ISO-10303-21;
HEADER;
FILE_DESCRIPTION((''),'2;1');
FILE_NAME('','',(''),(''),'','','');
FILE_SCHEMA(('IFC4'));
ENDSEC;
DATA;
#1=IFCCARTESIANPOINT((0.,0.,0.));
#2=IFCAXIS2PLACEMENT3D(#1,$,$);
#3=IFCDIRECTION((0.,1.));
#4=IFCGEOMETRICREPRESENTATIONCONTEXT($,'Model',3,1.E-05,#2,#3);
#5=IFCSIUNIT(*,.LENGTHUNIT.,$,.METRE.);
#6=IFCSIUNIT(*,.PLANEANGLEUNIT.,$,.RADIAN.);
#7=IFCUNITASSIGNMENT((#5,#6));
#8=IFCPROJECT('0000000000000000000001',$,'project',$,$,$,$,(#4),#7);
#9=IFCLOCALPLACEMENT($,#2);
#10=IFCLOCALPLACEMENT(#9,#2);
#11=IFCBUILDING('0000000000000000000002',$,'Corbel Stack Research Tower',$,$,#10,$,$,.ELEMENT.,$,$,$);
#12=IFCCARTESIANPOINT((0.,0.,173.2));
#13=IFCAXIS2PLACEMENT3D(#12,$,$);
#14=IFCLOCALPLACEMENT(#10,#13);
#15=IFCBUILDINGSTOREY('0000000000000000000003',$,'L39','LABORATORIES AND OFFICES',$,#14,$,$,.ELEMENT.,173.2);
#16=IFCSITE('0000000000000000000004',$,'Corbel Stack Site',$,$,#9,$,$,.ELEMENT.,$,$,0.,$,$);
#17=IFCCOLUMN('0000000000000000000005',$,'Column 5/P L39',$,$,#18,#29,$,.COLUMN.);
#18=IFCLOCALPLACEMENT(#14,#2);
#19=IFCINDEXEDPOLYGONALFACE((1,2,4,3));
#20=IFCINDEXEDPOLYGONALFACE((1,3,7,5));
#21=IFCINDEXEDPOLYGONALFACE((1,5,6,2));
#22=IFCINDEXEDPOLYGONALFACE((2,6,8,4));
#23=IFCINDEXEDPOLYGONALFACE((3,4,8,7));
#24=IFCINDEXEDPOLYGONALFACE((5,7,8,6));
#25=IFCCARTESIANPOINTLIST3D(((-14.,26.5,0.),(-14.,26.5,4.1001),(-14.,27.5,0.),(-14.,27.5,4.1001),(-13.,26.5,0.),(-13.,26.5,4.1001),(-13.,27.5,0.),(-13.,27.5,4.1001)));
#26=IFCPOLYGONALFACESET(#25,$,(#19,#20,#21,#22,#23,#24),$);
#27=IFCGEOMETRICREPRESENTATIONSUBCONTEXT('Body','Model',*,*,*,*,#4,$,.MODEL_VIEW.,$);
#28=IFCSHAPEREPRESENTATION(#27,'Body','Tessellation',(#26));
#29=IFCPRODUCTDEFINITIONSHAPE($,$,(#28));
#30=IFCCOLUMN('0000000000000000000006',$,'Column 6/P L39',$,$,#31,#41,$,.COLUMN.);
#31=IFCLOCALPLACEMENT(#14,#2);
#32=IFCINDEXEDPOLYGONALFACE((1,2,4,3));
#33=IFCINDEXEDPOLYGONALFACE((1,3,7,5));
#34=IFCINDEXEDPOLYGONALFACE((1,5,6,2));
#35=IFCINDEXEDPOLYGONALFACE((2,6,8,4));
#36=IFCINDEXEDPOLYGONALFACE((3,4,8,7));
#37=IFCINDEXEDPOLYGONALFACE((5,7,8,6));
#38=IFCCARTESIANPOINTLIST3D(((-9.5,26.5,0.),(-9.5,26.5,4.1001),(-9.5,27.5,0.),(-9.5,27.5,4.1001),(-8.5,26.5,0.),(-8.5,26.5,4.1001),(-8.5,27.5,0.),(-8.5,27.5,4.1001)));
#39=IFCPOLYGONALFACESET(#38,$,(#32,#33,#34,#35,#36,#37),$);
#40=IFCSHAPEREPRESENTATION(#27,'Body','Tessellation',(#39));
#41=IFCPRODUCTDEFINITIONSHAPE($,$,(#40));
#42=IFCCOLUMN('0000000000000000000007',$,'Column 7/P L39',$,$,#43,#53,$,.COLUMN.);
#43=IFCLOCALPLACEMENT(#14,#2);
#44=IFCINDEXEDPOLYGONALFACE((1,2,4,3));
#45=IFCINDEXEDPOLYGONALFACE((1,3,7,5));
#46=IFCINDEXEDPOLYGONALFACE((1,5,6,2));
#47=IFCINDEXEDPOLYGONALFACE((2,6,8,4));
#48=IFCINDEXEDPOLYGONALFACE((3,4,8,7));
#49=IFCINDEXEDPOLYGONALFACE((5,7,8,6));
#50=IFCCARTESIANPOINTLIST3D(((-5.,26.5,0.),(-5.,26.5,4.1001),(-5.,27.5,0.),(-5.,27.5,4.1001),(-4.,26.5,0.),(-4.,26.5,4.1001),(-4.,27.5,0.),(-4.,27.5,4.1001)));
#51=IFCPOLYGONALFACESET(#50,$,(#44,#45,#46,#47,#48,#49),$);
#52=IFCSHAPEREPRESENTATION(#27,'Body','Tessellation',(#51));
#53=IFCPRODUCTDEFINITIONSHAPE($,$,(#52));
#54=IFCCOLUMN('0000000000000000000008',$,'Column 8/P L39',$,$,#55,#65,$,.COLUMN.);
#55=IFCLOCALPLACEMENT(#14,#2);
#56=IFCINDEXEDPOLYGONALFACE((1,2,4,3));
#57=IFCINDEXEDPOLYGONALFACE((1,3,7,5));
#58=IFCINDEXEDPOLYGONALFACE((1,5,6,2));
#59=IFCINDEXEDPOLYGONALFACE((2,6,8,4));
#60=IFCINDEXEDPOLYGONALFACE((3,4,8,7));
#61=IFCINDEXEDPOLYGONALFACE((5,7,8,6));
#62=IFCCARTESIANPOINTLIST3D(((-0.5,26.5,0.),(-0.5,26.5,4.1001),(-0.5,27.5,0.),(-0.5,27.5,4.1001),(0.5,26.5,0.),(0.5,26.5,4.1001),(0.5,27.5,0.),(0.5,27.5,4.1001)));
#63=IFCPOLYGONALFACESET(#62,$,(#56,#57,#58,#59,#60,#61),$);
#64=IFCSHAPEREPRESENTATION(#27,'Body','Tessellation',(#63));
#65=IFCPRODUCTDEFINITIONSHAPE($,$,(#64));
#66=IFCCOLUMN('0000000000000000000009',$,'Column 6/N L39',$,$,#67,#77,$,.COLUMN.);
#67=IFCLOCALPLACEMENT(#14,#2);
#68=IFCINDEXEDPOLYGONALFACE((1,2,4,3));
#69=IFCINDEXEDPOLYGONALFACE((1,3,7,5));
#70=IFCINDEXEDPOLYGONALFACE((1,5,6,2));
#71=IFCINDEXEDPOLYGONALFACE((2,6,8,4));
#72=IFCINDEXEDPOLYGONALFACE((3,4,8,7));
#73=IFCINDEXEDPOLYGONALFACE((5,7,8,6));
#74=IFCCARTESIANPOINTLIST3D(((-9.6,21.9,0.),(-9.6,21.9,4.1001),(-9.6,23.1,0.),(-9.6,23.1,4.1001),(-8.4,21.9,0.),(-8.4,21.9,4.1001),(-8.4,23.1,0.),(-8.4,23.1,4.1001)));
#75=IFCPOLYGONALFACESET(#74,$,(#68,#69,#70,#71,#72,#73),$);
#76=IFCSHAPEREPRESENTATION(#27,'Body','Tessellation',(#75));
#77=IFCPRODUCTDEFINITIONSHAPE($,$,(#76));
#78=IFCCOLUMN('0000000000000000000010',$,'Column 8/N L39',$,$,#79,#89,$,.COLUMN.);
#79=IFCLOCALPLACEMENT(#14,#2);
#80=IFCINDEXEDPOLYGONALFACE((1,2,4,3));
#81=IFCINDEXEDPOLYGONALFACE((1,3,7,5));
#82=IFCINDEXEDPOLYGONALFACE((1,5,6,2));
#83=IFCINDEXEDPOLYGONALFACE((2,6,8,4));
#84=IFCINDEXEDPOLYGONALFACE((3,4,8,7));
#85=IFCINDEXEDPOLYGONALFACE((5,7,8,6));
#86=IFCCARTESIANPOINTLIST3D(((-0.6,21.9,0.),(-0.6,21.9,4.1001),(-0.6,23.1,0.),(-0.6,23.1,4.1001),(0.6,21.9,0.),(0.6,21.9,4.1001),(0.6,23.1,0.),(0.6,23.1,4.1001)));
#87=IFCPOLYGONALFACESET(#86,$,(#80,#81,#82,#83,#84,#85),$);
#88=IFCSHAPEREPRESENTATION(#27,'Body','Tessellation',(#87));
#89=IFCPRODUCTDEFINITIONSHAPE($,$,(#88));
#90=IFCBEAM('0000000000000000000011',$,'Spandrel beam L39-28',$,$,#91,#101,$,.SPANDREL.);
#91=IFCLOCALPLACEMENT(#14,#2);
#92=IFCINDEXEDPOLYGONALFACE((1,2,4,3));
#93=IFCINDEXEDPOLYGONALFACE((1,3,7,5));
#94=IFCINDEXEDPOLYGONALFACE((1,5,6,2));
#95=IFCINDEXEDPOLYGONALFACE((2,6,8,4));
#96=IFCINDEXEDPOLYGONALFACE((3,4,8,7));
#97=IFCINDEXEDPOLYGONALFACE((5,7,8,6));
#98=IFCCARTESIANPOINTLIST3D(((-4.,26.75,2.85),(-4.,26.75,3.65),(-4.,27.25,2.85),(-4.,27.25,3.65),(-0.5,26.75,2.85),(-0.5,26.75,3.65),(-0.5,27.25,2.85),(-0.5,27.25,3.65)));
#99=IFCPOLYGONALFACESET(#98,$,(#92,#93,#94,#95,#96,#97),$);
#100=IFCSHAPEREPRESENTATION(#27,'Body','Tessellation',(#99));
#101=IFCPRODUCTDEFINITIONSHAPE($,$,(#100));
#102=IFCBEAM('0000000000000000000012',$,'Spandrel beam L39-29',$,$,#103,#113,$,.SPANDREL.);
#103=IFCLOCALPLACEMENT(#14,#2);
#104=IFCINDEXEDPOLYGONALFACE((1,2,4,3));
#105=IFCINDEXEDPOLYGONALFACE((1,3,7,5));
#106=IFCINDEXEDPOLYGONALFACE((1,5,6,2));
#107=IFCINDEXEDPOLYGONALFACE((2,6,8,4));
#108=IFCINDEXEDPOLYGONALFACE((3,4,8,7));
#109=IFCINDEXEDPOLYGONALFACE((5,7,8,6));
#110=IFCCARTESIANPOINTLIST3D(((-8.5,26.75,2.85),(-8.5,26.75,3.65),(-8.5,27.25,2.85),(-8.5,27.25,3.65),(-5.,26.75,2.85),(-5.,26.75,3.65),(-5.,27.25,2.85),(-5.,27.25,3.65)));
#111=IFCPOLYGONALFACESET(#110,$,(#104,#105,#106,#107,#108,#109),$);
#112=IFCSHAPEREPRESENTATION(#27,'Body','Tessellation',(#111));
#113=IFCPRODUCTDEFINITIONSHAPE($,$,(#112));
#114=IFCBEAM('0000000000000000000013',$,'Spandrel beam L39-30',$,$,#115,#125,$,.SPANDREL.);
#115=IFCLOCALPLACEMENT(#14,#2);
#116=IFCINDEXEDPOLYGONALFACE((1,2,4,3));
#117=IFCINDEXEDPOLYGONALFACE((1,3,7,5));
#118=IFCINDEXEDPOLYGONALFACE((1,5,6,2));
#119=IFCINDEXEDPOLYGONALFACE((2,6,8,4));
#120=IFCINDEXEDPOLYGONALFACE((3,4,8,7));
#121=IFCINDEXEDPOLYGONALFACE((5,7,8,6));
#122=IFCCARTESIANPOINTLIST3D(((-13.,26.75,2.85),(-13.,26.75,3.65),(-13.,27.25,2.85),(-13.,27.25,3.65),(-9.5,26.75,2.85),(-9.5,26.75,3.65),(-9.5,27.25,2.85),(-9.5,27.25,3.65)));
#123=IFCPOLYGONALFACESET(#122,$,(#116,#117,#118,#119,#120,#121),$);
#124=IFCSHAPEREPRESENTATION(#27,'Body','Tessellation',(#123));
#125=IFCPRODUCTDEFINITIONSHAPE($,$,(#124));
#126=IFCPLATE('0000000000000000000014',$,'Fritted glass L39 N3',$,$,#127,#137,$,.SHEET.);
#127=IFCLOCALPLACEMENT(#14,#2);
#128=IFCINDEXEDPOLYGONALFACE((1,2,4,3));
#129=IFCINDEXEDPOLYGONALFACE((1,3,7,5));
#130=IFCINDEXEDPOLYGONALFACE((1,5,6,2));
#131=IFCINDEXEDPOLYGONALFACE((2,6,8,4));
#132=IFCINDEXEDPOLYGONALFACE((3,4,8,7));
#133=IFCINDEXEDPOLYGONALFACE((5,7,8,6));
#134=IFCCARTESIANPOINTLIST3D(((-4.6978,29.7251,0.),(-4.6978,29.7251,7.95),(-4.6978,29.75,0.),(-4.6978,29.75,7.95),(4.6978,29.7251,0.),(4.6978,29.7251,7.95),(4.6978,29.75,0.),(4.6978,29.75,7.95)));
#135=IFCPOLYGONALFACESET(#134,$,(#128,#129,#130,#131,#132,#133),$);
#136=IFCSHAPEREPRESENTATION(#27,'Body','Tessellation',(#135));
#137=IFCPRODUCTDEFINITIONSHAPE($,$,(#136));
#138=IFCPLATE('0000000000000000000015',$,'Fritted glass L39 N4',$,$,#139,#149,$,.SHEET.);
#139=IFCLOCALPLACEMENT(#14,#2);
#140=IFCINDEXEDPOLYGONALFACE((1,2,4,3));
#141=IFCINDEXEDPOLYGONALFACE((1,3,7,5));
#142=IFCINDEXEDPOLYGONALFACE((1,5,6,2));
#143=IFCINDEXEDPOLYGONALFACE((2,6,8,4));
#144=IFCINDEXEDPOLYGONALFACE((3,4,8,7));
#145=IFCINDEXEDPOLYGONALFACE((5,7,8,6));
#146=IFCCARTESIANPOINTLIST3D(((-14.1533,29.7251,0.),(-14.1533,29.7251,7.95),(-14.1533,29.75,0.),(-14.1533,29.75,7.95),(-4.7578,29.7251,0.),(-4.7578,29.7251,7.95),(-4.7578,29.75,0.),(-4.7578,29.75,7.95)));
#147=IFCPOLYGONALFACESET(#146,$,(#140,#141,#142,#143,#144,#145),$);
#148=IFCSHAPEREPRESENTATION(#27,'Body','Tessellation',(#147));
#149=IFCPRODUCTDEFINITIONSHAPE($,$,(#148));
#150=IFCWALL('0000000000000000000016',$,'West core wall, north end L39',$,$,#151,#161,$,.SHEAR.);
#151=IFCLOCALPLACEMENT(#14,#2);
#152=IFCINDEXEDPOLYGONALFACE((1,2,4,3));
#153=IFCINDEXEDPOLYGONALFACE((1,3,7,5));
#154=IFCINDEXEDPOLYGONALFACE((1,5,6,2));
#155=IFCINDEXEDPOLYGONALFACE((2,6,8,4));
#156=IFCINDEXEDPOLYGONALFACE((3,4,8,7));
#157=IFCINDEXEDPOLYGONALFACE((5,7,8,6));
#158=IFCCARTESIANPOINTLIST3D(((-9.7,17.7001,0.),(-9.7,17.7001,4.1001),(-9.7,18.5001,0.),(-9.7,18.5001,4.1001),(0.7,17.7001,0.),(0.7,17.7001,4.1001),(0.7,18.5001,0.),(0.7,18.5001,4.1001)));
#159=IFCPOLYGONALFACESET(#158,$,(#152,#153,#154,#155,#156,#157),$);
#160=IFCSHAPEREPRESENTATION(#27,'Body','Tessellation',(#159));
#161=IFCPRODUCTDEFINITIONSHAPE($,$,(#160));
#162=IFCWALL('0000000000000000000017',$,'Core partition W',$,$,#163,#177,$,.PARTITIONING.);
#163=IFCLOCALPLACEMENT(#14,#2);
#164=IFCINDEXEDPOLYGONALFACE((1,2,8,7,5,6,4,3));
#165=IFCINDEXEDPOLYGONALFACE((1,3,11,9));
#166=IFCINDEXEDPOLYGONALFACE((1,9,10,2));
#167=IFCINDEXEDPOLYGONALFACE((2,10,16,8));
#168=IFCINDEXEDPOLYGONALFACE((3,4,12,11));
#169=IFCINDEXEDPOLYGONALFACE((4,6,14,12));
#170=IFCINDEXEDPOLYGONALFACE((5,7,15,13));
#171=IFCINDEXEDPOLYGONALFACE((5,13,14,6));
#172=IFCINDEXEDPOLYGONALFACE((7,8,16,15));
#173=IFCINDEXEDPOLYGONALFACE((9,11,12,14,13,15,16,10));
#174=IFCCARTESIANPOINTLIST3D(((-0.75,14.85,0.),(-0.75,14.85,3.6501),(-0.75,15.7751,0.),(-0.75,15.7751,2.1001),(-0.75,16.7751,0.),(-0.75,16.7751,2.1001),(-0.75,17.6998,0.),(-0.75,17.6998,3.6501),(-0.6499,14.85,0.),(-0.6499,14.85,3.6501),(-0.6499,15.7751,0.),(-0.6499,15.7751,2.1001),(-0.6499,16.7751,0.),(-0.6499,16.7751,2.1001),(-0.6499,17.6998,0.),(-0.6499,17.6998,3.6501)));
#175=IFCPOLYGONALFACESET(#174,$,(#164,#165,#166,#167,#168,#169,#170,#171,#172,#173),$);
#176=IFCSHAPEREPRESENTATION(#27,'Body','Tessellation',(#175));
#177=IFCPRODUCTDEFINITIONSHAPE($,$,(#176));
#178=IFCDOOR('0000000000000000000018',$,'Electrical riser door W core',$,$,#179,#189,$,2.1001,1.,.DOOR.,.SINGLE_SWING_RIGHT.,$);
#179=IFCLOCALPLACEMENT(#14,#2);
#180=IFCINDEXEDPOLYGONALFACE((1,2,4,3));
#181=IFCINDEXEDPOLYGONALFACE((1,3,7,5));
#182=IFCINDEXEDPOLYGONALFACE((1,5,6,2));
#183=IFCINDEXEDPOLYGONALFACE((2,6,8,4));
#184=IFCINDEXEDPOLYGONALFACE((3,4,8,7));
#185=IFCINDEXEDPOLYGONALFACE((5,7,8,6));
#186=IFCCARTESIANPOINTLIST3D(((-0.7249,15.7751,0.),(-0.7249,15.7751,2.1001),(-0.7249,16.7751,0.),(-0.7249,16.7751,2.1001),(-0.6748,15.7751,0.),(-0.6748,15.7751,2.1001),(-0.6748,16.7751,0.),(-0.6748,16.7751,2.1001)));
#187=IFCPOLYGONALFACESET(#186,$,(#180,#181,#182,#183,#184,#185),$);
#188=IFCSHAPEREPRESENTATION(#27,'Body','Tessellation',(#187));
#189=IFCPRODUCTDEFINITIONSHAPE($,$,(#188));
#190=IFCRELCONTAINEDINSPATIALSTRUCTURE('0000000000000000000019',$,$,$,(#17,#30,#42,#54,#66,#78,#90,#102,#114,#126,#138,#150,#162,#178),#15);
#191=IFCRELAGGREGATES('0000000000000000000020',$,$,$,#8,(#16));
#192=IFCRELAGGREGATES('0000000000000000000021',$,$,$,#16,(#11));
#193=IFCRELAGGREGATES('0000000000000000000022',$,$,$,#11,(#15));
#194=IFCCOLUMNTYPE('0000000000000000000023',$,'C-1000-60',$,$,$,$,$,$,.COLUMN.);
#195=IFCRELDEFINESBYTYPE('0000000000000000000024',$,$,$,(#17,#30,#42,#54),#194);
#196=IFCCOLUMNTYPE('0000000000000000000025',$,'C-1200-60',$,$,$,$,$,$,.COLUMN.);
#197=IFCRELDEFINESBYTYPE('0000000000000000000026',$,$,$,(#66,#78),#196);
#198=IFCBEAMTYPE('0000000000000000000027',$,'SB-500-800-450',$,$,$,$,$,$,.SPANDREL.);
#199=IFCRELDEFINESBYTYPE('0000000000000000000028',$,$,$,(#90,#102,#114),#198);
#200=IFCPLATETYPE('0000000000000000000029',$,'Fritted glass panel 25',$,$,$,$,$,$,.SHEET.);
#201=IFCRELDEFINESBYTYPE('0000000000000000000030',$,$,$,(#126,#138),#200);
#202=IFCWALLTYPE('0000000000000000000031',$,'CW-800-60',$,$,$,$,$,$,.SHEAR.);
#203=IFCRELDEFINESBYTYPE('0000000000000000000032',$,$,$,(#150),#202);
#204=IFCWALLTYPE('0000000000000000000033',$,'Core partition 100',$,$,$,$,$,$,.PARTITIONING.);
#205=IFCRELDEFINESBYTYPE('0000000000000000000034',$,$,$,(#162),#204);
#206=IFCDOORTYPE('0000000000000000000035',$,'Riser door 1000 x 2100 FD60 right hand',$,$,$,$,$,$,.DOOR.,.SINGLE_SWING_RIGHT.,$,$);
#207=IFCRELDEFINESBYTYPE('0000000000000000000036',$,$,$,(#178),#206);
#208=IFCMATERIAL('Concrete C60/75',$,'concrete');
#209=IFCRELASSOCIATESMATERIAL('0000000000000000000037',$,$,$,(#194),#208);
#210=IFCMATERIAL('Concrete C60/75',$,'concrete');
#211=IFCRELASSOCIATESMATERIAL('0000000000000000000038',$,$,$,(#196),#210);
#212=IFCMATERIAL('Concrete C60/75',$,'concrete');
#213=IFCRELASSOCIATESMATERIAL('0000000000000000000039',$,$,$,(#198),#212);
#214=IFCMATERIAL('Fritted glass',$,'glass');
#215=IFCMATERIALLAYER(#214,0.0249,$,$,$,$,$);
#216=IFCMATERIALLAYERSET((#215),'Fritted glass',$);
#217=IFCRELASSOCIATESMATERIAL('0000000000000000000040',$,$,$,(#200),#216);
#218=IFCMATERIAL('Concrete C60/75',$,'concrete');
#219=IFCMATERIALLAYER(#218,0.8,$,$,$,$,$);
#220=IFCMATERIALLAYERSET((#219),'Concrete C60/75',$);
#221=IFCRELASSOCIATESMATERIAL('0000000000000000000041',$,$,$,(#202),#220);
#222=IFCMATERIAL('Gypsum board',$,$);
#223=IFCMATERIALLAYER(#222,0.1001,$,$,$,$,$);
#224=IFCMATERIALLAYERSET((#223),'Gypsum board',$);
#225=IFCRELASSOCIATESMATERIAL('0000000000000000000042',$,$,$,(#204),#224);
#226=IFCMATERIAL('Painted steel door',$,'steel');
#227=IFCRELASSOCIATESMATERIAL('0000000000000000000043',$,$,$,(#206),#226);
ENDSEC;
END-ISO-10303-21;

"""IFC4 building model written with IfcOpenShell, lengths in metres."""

from ifc_helpers import new_model, si_unit, direction, frame, frame_2d, origin, origin_2d, place, context, subcontext, project, spatial, rectangle, extrude, material, layer, layer_set, material_profile, profile_set, type_object, element, fill, save


model = new_model("IFC4")

# Units and contexts
model_context = context("Model", 3, precision=1e-05, world=origin(), true_north=direction((0.0, 1.0)))
body_context = subcontext(model_context, "Body", "Model", "MODEL_VIEW")
ifc_project = project(units=[si_unit("LENGTHUNIT", "METRE"), si_unit("PLANEANGLEUNIT", "RADIAN")], contexts=[model_context])

# Site, building, storey
site_placement = place(None, origin())
site = spatial("IfcSite", under=ifc_project, at=site_placement, Name="Corbel Stack Site", CompositionType="ELEMENT", RefElevation=0.0)
building_placement = place(site_placement, origin())
building = spatial("IfcBuilding", under=site, at=building_placement, Name="Corbel Stack Research Tower", CompositionType="ELEMENT")
storey_placement = place(building_placement, frame((0.0, 0.0, 173.2)))
storey = spatial("IfcBuildingStorey", under=building, at=storey_placement, Name="L39", Description="LABORATORIES AND OFFICES", CompositionType="ELEMENT", Elevation=173.2)

# Columns
ifc_material_1 = material(Name="Concrete C60/75", Category="concrete")
ifc_material_profile_1 = material_profile(ifc_material_1, rectangle(XDim=1.0, YDim=1.0, at=origin_2d()), Name="RC 1000 x 1000")
ifc_profile_set_1 = profile_set([ifc_material_profile_1], Name="Concrete C60/75")
column_type_1 = type_object("IfcColumnType", Name="C-1000-60", PredefinedType="COLUMN", material=ifc_profile_set_1)
for number, where, z_axis, x_axis, name in (
    (1, (-13.5, 27.0, 0.0), (0.0, 0.0, 1.0), (1.0, 0.0, 0.0), "Column 5/P L39"),
    (2, (-9.0, 27.0, 0.0), (0.0, 0.0, 1.0), (1.0, 0.0, 0.0), "Column 6/P L39"),
    (3, (-4.5, 27.0, 0.0), (0.0, 0.0, 1.0), (1.0, 0.0, 0.0), "Column 7/P L39"),
    (4, (0.0, 27.0, 0.0), (0.0, 0.0, 1.0), (1.0, 0.0, 0.0), "Column 8/P L39"),
):
    element("IfcColumn", number, at=place(storey_placement, frame(where, z_axis=z_axis, x_axis=x_axis)), inside=storey, type_object=column_type_1, Name=name, PredefinedType="COLUMN", context=body_context, shape_type="SweptSolid", body=[
        extrude(rectangle(XDim=1.0, YDim=1.0, at=origin_2d()), origin(), (0.0, 0.0, 1.0), 4.1001),
    ])
ifc_material_2 = material(Name="Concrete C60/75", Category="concrete")
ifc_material_profile_2 = material_profile(ifc_material_2, rectangle(XDim=1.2, YDim=1.2, at=origin_2d()), Name="RC 1200 x 1200")
ifc_profile_set_2 = profile_set([ifc_material_profile_2], Name="Concrete C60/75")
column_type_2 = type_object("IfcColumnType", Name="C-1200-60", PredefinedType="COLUMN", material=ifc_profile_set_2)
for number, where, z_axis, x_axis, name in (
    (5, (-9.0, 22.5, 0.0), (0.0, 0.0, 1.0), (1.0, 0.0, 0.0), "Column 6/N L39"),
    (6, (0.0, 22.5, 0.0), (0.0, 0.0, 1.0), (1.0, 0.0, 0.0), "Column 8/N L39"),
):
    element("IfcColumn", number, at=place(storey_placement, frame(where, z_axis=z_axis, x_axis=x_axis)), inside=storey, type_object=column_type_2, Name=name, PredefinedType="COLUMN", context=body_context, shape_type="SweptSolid", body=[
        extrude(rectangle(XDim=1.2, YDim=1.2, at=origin_2d()), origin(), (0.0, 0.0, 1.0), 4.1001),
    ])

# Beams
ifc_material_3 = material(Name="Concrete C60/75", Category="concrete")
ifc_material_profile_3 = material_profile(ifc_material_3, rectangle(XDim=0.5, YDim=0.8, at=origin_2d()), Name="RC 500 x 800")
ifc_profile_set_3 = profile_set([ifc_material_profile_3], Name="Concrete C60/75")
beam_type = type_object("IfcBeamType", Name="SB-500-800-450", PredefinedType="SPANDREL", material=ifc_profile_set_3)
for number, where, z_axis, x_axis, name in (
    (7, (-0.5, 27.0, 3.25), (-1.0, 0.0, 0.0), (0.0, -1.0, 0.0), "Spandrel beam L39-28"),
    (8, (-5.0, 27.0, 3.25), (-1.0, 0.0, 0.0), (0.0, -1.0, 0.0), "Spandrel beam L39-29"),
    (9, (-9.5, 27.0, 3.25), (-1.0, 0.0, 0.0), (0.0, -1.0, 0.0), "Spandrel beam L39-30"),
):
    element("IfcBeam", number, at=place(storey_placement, frame(where, z_axis=z_axis, x_axis=x_axis)), inside=storey, type_object=beam_type, Name=name, PredefinedType="SPANDREL", context=body_context, shape_type="SweptSolid", body=[
        extrude(rectangle(XDim=0.5, YDim=0.8, at=origin_2d()), origin(), (0.0, 0.0, 1.0), 3.5),
    ])

# Plates
ifc_material_4 = material(Name="Fritted glass", Category="glass")
ifc_layer_1 = layer(ifc_material_4, 0.0249)
ifc_layer_set_1 = layer_set([ifc_layer_1], Name="Fritted glass")
plate_type = type_object("IfcPlateType", Name="Fritted glass panel 25", PredefinedType="SHEET", material=ifc_layer_set_1)
for number, where, z_axis, x_axis, name in (
    (10, (0.0, 29.7375, 0.0), (0.0, 0.0, 1.0), (-1.0, 0.0, 0.0), "Fritted glass L39 N3"),
    (11, (-9.4556, 29.7375, 0.0), (0.0, 0.0, 1.0), (-1.0, 0.0, 0.0), "Fritted glass L39 N4"),
):
    element("IfcPlate", number, at=place(storey_placement, frame(where, z_axis=z_axis, x_axis=x_axis)), inside=storey, type_object=plate_type, Name=name, PredefinedType="SHEET", context=body_context, shape_type="SweptSolid", body=[
        extrude(rectangle(XDim=9.3955, YDim=0.0249, at=origin_2d()), origin(), (0.0, 0.0, 1.0), 7.95),
    ])

# Wall
ifc_material_5 = material(Name="Concrete C60/75", Category="concrete")
ifc_layer_2 = layer(ifc_material_5, 0.8)
ifc_layer_set_2 = layer_set([ifc_layer_2], Name="Concrete C60/75")
wall_type_1 = type_object("IfcWallType", Name="CW-800-60", PredefinedType="SHEAR", material=ifc_layer_set_2)
wall_1_placement = place(storey_placement, frame((-9.7, 18.1001, 0.0), z_axis=(0.0, 0.0, 1.0), x_axis=(1.0, 0.0, 0.0)))
element("IfcWall", 12, at=wall_1_placement, inside=storey, type_object=wall_type_1, Name="West core wall, north end L39", PredefinedType="SHEAR", context=body_context, shape_type="SweptSolid", body=[
    extrude(rectangle(XDim=10.3999, YDim=0.8, at=frame_2d((5.2, 0.0))), origin(), (0.0, 0.0, 1.0), 4.1001),
])

# Wall, opening, door
ifc_material_6 = material(Name="Gypsum board")
ifc_layer_3 = layer(ifc_material_6, 0.1001)
ifc_layer_set_3 = layer_set([ifc_layer_3], Name="Gypsum board")
wall_type_2 = type_object("IfcWallType", Name="Core partition 100", PredefinedType="PARTITIONING", material=ifc_layer_set_3)
wall_2_placement = place(storey_placement, frame((-0.7, 14.8501, 0.0), z_axis=(0.0, 0.0, 1.0), x_axis=(0.0, 1.0, 0.0)))
wall_2 = element("IfcWall", 13, at=wall_2_placement, inside=storey, type_object=wall_type_2, Name="Core partition W", PredefinedType="PARTITIONING", context=body_context, shape_type="SweptSolid", body=[
    extrude(rectangle(XDim=2.8499, YDim=0.1001, at=frame_2d((1.4248, 0.0))), origin(), (0.0, 0.0, 1.0), 3.6501),
])
opening_1_placement = place(wall_2_placement, frame((0.925, 0.0, 0.0)))
opening_1 = element("IfcOpeningElement", 14, at=opening_1_placement, cuts=wall_2, PredefinedType="OPENING", context=body_context, shape_type="SweptSolid", body=[
    extrude(rectangle(XDim=1.0, YDim=2.1001, at=frame_2d((0.5, 1.05))), frame((0.0, 0.0601, 0.0), z_axis=(0.0, -1.0, 0.0), x_axis=(1.0, 0.0, 0.0)), (0.0, 0.0, 1.0), 0.1201),
])
ifc_material_7 = material(Name="Painted steel door", Category="steel")
door_type_1 = type_object("IfcDoorType", Name="Riser door 1000 x 2100 FD60 right hand", OperationType="SINGLE_SWING_RIGHT", PredefinedType="DOOR", material=ifc_material_7)
door_1_placement = place(opening_1_placement, origin())
door_1 = element("IfcDoor", 15, at=door_1_placement, inside=storey, type_object=door_type_1, Name="Electrical riser door W core", OperationType="SINGLE_SWING_RIGHT", OverallHeight=2.1001, OverallWidth=1.0, PredefinedType="DOOR", context=body_context, shape_type="SweptSolid", body=[
    extrude(rectangle(XDim=1.0, YDim=2.1001, at=frame_2d((0.5, 1.05))), frame((0.0, 0.0249, 0.0), z_axis=(0.0, -1.0, 0.0), x_axis=(1.0, 0.0, 0.0)), (0.0, 0.0, 1.0), 0.05),
])
fill(opening_1, door_1)

save(model, "model.ifc")
